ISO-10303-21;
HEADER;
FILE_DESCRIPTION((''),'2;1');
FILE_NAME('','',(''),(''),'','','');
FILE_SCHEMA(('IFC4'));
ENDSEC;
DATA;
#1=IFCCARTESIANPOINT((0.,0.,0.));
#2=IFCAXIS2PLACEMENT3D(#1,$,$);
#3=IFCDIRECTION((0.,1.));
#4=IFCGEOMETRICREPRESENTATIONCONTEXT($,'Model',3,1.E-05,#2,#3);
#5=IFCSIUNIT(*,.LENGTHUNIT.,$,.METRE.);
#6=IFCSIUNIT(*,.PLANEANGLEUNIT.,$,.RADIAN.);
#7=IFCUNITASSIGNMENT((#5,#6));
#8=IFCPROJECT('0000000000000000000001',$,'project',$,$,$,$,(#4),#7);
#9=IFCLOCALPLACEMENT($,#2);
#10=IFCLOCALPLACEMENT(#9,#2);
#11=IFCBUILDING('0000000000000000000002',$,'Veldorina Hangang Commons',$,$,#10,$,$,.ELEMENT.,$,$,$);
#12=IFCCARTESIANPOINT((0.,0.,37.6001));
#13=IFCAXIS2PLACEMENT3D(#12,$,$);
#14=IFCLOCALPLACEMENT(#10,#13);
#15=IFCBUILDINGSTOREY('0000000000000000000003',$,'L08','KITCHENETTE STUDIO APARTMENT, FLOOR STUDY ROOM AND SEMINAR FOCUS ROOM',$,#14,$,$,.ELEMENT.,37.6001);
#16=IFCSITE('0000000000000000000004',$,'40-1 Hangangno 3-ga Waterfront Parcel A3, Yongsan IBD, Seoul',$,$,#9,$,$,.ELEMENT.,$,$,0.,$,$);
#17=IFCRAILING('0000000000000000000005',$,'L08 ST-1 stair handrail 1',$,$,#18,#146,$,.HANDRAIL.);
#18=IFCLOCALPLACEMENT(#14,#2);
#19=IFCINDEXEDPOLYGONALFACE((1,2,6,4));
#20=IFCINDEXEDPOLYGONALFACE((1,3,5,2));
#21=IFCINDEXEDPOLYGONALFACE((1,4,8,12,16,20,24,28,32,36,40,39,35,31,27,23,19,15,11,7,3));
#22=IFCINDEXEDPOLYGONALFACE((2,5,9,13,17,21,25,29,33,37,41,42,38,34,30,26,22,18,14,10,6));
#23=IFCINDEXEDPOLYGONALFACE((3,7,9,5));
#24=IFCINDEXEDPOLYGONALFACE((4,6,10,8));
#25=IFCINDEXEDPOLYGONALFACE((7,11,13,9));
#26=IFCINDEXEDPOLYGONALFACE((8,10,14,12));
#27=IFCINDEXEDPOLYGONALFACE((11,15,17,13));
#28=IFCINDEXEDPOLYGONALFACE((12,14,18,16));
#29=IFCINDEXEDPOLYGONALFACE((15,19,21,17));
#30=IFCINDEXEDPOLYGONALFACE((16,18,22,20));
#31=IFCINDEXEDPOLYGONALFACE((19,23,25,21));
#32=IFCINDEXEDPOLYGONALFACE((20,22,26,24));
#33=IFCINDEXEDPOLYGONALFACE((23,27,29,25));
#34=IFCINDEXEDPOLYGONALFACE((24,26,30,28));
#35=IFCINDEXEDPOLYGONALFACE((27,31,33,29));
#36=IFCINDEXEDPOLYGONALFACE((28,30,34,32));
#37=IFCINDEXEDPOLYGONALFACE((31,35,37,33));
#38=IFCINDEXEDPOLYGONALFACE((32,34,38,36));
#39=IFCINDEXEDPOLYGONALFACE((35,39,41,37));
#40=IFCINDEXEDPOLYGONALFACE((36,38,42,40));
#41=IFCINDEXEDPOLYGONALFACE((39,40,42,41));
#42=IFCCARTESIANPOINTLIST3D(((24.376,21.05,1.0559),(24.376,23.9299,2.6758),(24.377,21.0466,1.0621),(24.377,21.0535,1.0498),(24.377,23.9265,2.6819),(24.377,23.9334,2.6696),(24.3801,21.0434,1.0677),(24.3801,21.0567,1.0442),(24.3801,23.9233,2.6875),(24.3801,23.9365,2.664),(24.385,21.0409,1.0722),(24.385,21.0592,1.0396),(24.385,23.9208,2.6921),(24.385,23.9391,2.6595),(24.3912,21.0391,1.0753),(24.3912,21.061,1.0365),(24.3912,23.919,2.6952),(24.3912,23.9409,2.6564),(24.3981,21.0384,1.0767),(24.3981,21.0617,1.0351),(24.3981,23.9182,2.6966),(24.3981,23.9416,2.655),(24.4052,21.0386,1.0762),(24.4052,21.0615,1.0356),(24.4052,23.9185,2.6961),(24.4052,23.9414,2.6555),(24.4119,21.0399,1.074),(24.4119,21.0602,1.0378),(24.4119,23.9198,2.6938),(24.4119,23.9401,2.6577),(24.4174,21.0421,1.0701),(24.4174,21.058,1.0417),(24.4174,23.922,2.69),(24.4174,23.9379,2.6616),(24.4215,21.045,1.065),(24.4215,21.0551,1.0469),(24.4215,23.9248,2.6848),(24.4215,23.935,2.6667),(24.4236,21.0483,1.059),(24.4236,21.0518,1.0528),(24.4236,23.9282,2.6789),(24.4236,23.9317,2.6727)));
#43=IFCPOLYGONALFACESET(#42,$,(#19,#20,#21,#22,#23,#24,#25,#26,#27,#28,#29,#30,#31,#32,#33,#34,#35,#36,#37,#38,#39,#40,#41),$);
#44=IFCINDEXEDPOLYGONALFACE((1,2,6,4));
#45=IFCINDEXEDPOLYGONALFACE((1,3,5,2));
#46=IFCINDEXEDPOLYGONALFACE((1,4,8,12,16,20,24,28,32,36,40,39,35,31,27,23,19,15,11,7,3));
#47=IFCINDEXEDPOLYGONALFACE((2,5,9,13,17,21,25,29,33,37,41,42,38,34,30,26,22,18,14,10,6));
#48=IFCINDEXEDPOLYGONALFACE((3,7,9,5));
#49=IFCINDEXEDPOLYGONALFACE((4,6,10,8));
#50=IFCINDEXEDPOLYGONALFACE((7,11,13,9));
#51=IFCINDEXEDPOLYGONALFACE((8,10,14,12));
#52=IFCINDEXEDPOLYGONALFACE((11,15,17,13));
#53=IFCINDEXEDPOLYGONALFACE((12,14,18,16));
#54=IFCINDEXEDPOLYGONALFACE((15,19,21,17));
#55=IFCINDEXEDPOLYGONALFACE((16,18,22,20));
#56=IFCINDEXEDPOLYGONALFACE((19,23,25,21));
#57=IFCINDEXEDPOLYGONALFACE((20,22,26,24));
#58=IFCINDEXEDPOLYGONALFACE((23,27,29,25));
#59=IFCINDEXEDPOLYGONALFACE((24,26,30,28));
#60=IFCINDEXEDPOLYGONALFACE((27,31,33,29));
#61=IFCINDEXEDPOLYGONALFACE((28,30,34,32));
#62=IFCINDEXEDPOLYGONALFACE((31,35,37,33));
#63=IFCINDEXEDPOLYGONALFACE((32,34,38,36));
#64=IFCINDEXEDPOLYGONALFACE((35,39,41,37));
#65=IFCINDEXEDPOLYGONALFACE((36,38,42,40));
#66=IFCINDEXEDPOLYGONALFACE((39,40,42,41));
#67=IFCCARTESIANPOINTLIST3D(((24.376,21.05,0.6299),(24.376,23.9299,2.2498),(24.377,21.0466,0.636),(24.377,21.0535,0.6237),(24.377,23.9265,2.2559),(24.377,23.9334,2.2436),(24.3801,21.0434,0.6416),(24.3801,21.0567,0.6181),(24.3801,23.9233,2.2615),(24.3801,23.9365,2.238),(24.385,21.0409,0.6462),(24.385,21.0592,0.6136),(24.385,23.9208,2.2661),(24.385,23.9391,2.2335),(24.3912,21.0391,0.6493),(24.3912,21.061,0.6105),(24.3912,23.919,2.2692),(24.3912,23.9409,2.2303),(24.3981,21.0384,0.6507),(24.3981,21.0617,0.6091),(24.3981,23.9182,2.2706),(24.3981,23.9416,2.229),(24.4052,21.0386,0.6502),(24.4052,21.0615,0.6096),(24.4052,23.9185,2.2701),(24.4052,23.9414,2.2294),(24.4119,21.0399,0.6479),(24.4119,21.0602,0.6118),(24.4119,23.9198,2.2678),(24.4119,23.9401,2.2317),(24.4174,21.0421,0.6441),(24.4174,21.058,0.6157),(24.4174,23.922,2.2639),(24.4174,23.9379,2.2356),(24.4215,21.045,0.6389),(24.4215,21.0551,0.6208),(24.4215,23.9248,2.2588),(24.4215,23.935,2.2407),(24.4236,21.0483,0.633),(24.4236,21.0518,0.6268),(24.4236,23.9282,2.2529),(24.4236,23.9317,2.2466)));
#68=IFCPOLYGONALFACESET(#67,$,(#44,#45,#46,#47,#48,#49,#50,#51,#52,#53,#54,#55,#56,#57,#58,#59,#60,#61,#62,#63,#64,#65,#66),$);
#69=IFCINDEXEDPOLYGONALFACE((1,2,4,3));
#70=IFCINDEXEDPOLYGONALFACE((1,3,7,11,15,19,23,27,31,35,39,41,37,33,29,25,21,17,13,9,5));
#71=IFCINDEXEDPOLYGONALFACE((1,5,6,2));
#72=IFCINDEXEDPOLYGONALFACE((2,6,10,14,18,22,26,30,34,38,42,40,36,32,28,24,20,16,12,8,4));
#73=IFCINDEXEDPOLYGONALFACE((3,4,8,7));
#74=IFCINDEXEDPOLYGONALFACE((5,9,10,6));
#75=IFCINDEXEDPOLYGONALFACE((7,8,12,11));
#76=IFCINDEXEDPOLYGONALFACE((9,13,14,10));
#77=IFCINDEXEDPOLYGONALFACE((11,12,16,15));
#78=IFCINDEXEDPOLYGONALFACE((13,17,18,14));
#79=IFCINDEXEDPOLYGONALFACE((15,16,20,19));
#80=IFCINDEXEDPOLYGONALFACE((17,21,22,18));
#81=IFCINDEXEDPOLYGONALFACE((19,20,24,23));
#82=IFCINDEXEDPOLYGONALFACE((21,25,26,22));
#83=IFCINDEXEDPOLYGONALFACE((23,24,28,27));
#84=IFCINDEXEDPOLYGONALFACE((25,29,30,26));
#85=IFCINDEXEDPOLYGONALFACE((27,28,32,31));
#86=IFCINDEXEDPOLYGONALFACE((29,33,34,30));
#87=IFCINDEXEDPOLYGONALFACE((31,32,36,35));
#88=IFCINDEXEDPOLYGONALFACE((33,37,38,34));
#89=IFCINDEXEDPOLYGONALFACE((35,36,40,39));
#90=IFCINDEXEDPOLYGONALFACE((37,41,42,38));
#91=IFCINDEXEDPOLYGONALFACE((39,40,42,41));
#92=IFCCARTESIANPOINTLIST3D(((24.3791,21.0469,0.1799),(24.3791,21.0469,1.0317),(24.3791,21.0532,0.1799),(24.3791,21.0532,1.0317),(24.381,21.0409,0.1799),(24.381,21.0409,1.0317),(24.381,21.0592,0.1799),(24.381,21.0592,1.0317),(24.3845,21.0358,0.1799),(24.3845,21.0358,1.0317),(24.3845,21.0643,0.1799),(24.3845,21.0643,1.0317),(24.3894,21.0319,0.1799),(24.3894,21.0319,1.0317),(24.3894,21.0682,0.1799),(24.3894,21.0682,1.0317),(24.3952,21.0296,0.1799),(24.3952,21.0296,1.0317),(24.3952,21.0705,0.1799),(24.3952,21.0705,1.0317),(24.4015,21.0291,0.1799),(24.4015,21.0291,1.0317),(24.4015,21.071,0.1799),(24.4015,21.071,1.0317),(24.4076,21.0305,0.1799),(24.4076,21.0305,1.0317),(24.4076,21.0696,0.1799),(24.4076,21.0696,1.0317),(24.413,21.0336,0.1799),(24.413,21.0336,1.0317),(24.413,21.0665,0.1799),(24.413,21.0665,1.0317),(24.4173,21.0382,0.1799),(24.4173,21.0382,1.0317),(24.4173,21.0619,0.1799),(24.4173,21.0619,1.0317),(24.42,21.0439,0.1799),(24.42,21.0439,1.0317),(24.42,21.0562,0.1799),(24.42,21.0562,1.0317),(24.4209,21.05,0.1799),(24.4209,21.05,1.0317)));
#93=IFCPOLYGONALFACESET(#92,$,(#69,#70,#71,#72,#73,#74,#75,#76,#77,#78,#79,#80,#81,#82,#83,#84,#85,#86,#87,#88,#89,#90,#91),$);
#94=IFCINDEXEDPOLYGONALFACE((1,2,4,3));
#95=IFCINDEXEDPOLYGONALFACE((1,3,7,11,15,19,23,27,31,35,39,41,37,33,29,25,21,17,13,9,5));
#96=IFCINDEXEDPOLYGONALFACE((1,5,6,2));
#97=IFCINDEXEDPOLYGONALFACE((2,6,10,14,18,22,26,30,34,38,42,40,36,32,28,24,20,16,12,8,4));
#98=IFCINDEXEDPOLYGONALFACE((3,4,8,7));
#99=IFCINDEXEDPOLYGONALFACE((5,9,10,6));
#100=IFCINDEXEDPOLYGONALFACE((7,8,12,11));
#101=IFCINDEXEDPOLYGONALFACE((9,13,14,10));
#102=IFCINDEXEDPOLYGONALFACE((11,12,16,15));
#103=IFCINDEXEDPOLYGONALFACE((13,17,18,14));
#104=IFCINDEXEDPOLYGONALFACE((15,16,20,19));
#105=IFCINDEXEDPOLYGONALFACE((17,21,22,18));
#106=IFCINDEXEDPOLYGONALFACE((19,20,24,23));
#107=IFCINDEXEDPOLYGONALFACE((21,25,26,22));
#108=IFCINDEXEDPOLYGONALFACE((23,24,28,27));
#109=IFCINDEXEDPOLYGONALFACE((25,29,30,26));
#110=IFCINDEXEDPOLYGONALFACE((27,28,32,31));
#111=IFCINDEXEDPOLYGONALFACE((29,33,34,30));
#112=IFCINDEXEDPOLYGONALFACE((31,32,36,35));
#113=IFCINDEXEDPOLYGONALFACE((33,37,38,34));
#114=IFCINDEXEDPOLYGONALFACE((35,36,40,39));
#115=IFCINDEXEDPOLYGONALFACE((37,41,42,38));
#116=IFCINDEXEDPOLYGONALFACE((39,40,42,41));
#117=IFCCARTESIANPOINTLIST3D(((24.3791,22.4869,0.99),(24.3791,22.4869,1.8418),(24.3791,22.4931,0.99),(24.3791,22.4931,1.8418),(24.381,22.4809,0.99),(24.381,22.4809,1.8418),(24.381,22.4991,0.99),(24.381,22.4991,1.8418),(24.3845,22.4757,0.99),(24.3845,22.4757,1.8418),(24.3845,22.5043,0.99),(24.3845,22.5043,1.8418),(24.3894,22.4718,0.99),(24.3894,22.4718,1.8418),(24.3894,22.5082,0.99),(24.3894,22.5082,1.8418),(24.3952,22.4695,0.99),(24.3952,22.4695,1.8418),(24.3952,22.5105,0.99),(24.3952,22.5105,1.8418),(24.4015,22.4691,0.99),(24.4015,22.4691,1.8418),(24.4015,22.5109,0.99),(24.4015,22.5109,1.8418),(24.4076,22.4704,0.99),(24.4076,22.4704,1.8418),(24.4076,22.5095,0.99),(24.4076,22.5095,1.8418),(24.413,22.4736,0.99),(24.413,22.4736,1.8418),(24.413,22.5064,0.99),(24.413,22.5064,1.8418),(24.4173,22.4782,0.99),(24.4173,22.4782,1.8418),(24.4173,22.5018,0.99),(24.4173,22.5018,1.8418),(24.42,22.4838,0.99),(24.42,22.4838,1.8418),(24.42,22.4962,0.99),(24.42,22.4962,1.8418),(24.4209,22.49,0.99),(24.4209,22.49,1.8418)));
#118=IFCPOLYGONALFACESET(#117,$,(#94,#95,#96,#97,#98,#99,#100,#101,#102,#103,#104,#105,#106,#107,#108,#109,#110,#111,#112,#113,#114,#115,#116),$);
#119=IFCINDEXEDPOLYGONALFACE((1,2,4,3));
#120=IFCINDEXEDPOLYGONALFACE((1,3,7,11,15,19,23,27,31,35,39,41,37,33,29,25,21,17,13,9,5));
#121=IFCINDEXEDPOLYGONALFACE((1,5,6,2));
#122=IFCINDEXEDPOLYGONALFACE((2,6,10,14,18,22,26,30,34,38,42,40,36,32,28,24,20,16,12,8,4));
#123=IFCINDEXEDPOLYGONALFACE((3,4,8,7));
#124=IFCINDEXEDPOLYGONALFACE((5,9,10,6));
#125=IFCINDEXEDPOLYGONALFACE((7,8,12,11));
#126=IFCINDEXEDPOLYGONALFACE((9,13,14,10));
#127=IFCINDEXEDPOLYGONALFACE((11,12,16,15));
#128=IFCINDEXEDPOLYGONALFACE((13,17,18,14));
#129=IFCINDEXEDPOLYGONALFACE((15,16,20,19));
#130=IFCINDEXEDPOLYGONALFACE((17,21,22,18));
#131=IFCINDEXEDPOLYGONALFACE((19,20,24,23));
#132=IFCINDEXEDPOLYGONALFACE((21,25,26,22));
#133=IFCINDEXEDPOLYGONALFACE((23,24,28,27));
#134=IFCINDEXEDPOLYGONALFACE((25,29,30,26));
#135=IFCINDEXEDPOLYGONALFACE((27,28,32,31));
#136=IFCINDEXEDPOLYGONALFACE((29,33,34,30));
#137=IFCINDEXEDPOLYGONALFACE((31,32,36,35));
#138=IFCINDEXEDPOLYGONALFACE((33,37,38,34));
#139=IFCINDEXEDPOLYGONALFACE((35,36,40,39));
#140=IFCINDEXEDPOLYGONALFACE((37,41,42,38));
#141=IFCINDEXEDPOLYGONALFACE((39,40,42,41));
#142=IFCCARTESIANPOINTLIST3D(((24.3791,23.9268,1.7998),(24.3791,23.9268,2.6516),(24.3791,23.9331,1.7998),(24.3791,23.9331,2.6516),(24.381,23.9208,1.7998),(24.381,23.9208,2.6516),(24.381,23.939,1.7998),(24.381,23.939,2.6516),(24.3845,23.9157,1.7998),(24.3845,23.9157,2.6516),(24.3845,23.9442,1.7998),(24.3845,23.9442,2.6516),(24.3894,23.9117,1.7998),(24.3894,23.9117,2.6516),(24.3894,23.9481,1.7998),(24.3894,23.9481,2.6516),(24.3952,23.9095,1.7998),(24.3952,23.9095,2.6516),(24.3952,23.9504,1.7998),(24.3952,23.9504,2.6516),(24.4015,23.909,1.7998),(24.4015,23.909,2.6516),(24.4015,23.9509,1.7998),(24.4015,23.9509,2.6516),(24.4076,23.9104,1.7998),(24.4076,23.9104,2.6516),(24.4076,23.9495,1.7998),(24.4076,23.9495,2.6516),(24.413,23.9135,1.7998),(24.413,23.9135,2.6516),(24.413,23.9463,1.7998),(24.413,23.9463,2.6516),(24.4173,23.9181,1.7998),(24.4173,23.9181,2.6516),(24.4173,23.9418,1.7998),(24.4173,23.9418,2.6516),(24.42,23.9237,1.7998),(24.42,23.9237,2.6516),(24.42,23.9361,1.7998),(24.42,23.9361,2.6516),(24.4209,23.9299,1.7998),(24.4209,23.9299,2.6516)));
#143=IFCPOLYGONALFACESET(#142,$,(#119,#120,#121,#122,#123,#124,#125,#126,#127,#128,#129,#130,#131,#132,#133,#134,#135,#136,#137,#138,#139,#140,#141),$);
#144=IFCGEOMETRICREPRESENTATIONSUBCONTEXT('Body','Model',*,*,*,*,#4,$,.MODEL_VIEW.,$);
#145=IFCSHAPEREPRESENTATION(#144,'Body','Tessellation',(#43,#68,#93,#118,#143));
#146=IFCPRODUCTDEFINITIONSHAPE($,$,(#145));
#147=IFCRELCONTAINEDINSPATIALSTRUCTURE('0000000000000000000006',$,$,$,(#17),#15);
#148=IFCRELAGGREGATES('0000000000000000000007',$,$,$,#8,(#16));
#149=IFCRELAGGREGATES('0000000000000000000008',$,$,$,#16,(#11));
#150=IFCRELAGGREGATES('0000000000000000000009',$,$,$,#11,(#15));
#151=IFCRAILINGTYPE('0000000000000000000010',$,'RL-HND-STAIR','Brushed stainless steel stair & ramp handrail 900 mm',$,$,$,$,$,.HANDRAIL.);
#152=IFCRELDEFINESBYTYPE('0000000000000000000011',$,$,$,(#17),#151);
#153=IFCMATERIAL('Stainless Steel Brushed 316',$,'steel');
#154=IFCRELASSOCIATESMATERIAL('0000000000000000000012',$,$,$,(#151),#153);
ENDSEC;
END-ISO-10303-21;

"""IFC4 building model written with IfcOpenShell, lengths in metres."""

from ifc_helpers import new_model, si_unit, direction, frame, origin, origin_2d, place, context, subcontext, project, spatial, circle, extrude, material, type_object, element, save


model = new_model("IFC4")

# Units and contexts
model_context = context("Model", 3, precision=1e-05, world=origin(), true_north=direction((0.0, 1.0)))
body_context = subcontext(model_context, "Body", "Model", "MODEL_VIEW")
ifc_project = project(units=[si_unit("LENGTHUNIT", "METRE"), si_unit("PLANEANGLEUNIT", "RADIAN")], contexts=[model_context])

# Site, building, storey
site_placement = place(None, origin())
site = spatial("IfcSite", under=ifc_project, at=site_placement, Name="40-1 Hangangno 3-ga Waterfront Parcel A3, Yongsan IBD, Seoul", CompositionType="ELEMENT", RefElevation=0.0)
building_placement = place(site_placement, origin())
building = spatial("IfcBuilding", under=site, at=building_placement, Name="Veldorina Hangang Commons", CompositionType="ELEMENT")
storey_placement = place(building_placement, frame((0.0, 0.0, 37.6001)))
storey = spatial("IfcBuildingStorey", under=building, at=storey_placement, Name="L08", Description="KITCHENETTE STUDIO APARTMENT, FLOOR STUDY ROOM AND SEMINAR FOCUS ROOM", CompositionType="ELEMENT", Elevation=37.6001)

# Railing
ifc_material_1 = material(Name="Stainless Steel Brushed 316", Category="steel")
railing_type_1 = type_object("IfcRailingType", Name="RL-HND-STAIR", Description="Brushed stainless steel stair & ramp handrail 900 mm", PredefinedType="HANDRAIL", material=ifc_material_1)
railing_1_placement = place(storey_placement, frame((24.3999, 21.05, 0.1799)))
element("IfcRailing", 1, at=railing_1_placement, inside=storey, type_object=railing_type_1, Name="L08 ST-1 stair handrail 1", PredefinedType="HANDRAIL", context=body_context, shape_type="SweptSolid", body=[
    extrude(circle(Radius=0.0239, at=origin_2d()), frame((0.0, 0.0, 0.876), z_axis=(0.0, 0.871583, 0.490247), x_axis=(-1.0, 0.0, 0.0)), (0.0, 0.0, 1.0), 3.3042),
    extrude(circle(Radius=0.0239, at=origin_2d()), frame((0.0, 0.0, 0.45), z_axis=(0.0, 0.871583, 0.490247), x_axis=(-1.0, 0.0, 0.0)), (0.0, 0.0, 1.0), 3.3042),
    extrude(circle(Radius=0.021, at=origin_2d()), origin(), (0.0, 0.0, 1.0), 0.8518),
    extrude(circle(Radius=0.021, at=origin_2d()), frame((0.0, 1.4399, 0.8101)), (0.0, 0.0, 1.0), 0.8518),
    extrude(circle(Radius=0.021, at=origin_2d()), frame((0.0, 2.8799, 1.6199)), (0.0, 0.0, 1.0), 0.8518),
])

save(model, "model.ifc")
